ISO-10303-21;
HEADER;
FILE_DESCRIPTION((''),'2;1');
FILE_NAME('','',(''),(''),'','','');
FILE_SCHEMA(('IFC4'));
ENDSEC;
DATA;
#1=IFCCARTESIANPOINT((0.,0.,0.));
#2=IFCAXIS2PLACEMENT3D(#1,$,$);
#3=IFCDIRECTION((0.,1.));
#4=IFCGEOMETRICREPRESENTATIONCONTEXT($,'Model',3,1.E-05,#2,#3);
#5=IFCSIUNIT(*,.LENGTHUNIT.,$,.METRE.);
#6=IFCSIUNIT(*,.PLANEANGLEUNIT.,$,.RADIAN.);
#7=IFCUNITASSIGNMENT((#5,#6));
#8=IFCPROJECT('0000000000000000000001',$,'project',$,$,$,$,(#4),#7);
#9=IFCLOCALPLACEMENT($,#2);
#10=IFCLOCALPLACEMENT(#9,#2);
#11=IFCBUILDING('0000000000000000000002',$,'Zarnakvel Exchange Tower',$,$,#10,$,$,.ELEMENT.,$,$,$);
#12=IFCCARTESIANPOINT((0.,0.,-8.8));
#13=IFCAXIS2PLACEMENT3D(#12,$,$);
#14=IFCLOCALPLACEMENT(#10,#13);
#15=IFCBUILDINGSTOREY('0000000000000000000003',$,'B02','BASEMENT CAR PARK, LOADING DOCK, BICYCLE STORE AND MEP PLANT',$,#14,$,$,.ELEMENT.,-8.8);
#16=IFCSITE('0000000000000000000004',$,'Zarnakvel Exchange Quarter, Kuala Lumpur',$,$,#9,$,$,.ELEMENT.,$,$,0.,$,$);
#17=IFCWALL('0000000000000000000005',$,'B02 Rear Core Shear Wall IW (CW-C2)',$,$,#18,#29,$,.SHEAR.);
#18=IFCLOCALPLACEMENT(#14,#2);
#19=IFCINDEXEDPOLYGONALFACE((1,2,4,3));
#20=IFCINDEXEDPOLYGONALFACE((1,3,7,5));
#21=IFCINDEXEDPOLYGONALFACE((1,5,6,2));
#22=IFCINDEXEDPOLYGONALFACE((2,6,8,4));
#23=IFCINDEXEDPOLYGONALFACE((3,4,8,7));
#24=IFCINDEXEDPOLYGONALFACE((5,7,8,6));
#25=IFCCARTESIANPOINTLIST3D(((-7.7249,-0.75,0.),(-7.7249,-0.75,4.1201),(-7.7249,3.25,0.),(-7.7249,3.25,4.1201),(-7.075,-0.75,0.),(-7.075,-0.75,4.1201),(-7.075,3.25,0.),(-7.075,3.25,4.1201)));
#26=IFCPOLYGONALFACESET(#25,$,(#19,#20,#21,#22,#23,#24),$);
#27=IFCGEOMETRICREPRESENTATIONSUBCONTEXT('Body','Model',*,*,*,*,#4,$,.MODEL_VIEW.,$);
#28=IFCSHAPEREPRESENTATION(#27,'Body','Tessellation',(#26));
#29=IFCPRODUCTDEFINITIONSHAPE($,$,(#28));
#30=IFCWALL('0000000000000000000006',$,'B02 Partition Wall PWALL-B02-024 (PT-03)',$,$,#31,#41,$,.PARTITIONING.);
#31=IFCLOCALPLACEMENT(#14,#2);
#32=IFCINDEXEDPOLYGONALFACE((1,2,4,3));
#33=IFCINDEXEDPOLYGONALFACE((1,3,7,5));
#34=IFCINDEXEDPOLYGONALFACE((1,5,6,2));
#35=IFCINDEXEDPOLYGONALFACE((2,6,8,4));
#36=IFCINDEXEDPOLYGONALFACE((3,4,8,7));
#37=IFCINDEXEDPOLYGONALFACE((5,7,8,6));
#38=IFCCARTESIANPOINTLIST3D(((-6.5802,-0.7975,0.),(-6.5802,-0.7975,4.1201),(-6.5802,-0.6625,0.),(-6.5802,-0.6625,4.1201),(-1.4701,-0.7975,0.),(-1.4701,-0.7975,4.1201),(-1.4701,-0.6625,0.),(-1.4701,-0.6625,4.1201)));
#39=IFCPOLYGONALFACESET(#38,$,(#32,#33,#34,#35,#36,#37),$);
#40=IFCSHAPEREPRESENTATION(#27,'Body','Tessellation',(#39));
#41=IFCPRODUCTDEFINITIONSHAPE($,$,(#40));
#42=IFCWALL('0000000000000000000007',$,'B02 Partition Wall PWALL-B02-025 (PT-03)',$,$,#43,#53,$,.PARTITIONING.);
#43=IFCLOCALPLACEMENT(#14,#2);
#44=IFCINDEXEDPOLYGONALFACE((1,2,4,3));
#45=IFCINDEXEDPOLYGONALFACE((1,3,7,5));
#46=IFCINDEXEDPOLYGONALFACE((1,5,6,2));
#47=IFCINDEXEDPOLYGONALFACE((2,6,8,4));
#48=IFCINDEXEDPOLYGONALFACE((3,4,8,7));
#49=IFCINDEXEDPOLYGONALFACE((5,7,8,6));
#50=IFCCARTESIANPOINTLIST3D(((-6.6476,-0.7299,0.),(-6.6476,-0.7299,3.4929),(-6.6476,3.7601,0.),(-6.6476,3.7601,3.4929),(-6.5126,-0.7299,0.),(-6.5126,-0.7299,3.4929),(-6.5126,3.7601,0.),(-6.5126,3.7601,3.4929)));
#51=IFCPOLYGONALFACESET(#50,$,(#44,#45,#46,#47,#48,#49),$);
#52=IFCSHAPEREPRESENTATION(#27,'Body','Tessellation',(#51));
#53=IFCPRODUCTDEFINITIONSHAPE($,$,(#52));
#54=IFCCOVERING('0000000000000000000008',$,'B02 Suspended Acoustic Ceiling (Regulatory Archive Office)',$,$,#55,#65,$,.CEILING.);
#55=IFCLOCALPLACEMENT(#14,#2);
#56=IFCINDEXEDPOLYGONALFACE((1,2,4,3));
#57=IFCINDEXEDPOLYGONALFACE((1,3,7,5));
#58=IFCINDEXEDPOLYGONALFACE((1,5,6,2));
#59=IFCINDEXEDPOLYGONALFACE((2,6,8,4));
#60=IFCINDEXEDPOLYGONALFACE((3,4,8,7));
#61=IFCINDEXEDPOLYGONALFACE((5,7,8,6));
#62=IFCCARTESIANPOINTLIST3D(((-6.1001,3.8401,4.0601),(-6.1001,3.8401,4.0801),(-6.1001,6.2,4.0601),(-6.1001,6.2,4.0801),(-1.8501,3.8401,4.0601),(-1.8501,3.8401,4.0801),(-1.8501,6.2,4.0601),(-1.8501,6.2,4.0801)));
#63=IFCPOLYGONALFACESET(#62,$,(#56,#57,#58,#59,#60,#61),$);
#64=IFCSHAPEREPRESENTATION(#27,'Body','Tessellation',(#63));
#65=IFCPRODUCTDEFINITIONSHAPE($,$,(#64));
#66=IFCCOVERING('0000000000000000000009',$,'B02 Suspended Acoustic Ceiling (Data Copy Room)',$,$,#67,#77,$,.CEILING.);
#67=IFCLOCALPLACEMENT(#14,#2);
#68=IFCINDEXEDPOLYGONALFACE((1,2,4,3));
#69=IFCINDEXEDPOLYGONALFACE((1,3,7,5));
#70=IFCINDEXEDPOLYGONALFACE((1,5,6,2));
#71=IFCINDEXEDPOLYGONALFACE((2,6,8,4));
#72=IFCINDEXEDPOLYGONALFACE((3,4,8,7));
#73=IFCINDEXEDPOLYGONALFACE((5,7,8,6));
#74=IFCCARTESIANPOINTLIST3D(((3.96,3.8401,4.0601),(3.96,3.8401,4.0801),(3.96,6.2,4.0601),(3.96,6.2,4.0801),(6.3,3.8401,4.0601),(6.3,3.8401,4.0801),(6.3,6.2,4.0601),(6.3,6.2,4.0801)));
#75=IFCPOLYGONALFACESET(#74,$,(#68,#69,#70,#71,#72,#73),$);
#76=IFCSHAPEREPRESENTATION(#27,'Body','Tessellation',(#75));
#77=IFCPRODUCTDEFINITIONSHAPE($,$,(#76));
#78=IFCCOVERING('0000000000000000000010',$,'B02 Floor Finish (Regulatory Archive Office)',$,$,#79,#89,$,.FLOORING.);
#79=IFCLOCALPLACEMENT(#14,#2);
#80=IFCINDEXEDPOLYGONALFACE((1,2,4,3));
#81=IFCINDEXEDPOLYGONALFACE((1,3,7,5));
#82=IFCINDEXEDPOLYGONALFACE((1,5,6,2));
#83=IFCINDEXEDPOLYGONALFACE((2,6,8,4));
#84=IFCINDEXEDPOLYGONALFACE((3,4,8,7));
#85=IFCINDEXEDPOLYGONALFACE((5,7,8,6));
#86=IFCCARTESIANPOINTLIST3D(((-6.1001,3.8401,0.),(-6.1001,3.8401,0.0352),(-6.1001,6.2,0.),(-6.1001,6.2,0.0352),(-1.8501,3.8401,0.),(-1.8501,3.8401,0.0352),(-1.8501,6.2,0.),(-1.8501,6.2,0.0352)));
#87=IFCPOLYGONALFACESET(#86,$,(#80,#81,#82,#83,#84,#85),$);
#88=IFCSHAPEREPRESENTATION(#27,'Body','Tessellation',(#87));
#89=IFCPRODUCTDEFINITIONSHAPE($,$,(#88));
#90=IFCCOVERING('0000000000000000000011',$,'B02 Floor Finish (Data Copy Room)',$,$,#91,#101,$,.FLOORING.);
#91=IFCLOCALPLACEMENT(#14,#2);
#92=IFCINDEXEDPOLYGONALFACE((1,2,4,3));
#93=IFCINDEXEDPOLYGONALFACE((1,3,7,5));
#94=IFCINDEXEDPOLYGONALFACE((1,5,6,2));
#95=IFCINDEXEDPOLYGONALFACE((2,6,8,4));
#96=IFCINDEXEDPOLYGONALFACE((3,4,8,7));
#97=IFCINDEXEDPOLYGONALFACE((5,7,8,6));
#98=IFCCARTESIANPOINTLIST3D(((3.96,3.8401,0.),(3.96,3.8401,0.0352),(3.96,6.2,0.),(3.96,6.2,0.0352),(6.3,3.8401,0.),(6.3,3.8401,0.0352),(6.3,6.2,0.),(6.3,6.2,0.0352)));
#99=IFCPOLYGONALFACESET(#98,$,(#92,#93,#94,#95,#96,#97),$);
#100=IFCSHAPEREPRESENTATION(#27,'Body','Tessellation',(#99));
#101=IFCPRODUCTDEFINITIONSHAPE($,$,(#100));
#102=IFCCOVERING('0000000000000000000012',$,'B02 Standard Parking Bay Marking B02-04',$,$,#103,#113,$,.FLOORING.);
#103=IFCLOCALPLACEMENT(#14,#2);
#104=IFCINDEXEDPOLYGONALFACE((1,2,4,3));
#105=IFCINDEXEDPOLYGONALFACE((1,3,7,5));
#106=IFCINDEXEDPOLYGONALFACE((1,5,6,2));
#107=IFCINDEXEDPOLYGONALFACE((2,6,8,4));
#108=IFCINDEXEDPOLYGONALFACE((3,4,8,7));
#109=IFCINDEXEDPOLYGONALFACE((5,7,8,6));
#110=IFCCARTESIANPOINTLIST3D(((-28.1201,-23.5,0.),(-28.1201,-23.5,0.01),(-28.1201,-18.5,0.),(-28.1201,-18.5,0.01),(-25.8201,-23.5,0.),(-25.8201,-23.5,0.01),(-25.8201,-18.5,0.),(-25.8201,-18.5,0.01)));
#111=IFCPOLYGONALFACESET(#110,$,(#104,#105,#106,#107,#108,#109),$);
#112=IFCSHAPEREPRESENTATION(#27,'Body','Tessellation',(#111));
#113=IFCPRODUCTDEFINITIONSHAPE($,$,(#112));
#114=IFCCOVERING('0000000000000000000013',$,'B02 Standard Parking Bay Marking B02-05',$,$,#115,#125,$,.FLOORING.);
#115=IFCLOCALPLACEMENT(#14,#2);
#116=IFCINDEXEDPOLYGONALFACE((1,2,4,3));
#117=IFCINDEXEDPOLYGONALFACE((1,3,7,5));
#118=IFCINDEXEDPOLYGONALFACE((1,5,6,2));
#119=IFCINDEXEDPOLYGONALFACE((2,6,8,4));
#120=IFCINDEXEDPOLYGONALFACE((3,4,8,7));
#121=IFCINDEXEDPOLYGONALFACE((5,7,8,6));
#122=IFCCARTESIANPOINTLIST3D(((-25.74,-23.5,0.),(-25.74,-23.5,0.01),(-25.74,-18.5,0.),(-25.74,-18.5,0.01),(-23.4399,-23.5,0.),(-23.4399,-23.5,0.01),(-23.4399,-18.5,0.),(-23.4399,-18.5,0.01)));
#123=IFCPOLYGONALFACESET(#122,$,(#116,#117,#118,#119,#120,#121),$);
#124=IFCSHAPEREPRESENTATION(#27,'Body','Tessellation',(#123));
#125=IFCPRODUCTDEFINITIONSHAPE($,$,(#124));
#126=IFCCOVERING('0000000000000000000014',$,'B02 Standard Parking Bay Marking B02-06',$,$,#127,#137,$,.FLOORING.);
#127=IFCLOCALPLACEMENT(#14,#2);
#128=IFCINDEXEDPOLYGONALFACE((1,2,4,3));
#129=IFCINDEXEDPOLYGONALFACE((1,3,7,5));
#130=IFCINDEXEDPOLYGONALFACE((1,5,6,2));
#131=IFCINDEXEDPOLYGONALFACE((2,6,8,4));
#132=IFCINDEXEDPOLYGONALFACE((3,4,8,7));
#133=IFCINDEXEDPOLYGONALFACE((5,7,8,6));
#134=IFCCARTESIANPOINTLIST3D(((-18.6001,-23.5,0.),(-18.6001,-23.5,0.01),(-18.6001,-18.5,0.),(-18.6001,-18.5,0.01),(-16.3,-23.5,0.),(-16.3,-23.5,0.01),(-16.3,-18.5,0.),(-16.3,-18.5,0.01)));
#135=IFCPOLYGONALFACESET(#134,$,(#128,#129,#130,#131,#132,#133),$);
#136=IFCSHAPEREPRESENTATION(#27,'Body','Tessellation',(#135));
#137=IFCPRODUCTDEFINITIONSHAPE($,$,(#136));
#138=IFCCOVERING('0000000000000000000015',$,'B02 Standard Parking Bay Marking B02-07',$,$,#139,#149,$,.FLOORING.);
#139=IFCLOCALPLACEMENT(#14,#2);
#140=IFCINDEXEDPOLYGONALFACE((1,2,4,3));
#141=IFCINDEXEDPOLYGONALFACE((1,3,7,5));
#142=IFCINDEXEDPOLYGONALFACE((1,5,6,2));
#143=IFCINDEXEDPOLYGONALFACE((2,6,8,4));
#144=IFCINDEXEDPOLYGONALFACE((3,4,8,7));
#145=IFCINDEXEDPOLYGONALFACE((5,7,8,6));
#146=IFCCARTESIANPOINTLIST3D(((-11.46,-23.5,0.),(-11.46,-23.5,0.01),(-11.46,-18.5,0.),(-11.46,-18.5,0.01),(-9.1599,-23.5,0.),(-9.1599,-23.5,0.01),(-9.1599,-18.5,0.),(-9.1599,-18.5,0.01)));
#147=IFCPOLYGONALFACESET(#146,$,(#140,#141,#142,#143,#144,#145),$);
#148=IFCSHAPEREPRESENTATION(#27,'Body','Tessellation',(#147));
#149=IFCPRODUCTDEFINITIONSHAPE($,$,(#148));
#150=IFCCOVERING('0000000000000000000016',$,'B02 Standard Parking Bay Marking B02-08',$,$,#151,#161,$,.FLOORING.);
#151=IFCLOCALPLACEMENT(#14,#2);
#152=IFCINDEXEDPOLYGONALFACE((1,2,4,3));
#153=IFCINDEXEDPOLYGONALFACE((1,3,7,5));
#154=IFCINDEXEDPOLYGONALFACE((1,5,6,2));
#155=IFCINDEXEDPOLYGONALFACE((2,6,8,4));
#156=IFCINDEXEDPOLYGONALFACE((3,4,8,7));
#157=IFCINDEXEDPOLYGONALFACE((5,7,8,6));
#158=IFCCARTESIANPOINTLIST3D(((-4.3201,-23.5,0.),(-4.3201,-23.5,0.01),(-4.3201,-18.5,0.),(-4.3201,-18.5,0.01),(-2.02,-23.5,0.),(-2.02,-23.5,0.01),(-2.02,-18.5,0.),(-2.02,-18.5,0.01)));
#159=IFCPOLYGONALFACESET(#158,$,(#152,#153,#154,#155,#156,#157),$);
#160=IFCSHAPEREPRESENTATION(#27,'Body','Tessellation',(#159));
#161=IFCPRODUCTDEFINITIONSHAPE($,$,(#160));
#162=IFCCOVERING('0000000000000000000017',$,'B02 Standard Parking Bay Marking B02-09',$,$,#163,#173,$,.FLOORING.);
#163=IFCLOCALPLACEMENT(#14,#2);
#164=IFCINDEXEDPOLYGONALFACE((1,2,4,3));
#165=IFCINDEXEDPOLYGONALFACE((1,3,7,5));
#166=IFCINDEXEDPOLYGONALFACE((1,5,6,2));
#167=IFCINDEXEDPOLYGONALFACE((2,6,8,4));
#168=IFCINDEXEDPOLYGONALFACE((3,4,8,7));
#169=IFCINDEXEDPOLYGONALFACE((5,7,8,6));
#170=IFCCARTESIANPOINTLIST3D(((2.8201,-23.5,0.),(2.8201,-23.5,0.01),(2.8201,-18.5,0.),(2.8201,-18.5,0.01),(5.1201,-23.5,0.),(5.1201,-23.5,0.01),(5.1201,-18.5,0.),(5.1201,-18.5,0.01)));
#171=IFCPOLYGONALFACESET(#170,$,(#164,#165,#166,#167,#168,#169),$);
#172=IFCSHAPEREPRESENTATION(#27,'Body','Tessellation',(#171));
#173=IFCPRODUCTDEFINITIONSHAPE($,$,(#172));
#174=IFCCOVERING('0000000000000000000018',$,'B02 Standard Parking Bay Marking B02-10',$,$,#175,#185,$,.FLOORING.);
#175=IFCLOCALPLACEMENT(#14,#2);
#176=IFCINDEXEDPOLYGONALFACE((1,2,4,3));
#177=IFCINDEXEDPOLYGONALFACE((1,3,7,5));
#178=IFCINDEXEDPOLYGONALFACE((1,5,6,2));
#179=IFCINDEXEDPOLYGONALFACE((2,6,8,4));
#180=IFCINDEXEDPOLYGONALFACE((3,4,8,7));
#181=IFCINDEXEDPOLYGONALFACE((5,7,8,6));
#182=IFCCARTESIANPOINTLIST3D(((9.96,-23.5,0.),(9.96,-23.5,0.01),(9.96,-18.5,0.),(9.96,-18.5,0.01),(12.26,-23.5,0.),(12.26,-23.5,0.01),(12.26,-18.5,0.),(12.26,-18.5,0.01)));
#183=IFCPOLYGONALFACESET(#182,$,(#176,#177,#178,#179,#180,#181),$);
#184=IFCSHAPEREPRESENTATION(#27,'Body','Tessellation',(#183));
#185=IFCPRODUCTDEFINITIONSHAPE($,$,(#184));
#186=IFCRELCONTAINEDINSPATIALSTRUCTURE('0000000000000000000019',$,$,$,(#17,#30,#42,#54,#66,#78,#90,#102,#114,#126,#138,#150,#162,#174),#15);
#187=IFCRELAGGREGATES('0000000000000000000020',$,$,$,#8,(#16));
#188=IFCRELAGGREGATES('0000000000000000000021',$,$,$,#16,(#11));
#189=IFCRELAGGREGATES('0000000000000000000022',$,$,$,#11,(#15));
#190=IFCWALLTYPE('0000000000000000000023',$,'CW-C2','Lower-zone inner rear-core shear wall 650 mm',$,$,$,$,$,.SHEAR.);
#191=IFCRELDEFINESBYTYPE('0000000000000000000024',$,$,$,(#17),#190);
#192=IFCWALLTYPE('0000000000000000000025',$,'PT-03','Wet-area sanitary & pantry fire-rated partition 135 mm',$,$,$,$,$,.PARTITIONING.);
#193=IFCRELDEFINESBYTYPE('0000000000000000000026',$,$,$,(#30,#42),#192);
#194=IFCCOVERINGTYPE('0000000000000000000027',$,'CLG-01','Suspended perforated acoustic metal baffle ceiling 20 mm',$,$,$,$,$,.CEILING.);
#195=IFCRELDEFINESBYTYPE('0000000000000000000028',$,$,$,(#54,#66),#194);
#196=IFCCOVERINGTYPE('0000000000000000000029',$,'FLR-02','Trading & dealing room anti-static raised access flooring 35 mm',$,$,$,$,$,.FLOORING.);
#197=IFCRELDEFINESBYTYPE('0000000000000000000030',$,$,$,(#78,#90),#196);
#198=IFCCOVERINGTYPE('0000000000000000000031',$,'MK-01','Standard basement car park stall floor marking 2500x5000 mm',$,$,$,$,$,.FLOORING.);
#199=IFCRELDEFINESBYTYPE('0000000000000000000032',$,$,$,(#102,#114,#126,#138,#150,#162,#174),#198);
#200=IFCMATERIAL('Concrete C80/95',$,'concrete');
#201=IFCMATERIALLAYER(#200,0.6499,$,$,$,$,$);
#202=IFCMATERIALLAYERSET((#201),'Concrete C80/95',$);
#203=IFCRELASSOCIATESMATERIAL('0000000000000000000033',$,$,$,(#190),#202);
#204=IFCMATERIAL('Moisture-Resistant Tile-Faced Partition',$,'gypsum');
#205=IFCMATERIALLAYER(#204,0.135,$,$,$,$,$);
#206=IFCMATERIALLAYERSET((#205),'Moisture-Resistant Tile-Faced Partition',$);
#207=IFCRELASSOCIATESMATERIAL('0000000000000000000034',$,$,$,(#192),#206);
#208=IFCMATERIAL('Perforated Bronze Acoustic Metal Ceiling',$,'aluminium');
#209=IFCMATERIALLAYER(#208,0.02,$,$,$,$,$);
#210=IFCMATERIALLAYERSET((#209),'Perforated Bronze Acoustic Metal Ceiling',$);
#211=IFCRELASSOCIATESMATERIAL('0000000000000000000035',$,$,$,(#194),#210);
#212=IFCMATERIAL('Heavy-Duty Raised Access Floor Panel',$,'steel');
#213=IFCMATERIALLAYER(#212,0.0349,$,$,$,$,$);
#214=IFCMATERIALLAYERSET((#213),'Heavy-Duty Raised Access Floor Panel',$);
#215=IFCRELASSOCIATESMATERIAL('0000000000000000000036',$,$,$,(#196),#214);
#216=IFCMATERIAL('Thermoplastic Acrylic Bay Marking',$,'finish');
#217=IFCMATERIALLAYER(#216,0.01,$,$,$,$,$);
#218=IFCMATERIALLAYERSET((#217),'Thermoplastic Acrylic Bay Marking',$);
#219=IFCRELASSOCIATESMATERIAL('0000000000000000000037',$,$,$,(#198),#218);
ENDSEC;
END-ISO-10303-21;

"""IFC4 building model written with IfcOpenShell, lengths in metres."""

from ifc_helpers import new_model, si_unit, direction, frame, frame_2d, origin, place, context, subcontext, project, spatial, polyline, rectangle, outline, extrude, material, layer, layer_set, type_object, element, save


model = new_model("IFC4")

# Units and contexts
model_context = context("Model", 3, precision=1e-05, world=origin(), true_north=direction((0.0, 1.0)))
body_context = subcontext(model_context, "Body", "Model", "MODEL_VIEW")
ifc_project = project(units=[si_unit("LENGTHUNIT", "METRE"), si_unit("PLANEANGLEUNIT", "RADIAN")], contexts=[model_context])

# Site, building, storey
site_placement = place(None, origin())
site = spatial("IfcSite", under=ifc_project, at=site_placement, Name="Zarnakvel Exchange Quarter, Kuala Lumpur", CompositionType="ELEMENT", RefElevation=0.0)
building_placement = place(site_placement, origin())
building = spatial("IfcBuilding", under=site, at=building_placement, Name="Zarnakvel Exchange Tower", CompositionType="ELEMENT")
storey_placement = place(building_placement, frame((0.0, 0.0, -8.8)))
storey = spatial("IfcBuildingStorey", under=building, at=storey_placement, Name="B02", Description="BASEMENT CAR PARK, LOADING DOCK, BICYCLE STORE AND MEP PLANT", CompositionType="ELEMENT", Elevation=-8.8)

# Shared definitions
ifc_material_1 = material(Name="Concrete C80/95", Category="concrete")

# Walls
ifc_layer_1 = layer(ifc_material_1, 0.6499)
ifc_layer_set_1 = layer_set([ifc_layer_1], Name="Concrete C80/95")
wall_type_1 = type_object("IfcWallType", Name="CW-C2", Description="Lower-zone inner rear-core shear wall 650 mm", PredefinedType="SHEAR", material=ifc_layer_set_1)
wall_1_placement = place(storey_placement, frame((-7.3999, -0.75, 0.0), z_axis=(0.0, 0.0, 1.0), x_axis=(0.0, 1.0, 0.0)))
element("IfcWall", 1, at=wall_1_placement, inside=storey, type_object=wall_type_1, Name="B02 Rear Core Shear Wall IW (CW-C2)", PredefinedType="SHEAR", context=body_context, shape_type="SweptSolid", body=[
    extrude(rectangle(XDim=4.0, YDim=0.6499, at=frame_2d((2.0, 0.0))), origin(), (0.0, 0.0, 1.0), 4.1201),
])
ifc_material_2 = material(Name="Moisture-Resistant Tile-Faced Partition", Category="gypsum")
ifc_layer_2 = layer(ifc_material_2, 0.135)
ifc_layer_set_2 = layer_set([ifc_layer_2], Name="Moisture-Resistant Tile-Faced Partition")
wall_type_2 = type_object("IfcWallType", Name="PT-03", Description="Wet-area sanitary & pantry fire-rated partition 135 mm", PredefinedType="PARTITIONING", material=ifc_layer_set_2)
wall_2_placement = place(storey_placement, frame((-1.47, -0.73, 0.0), z_axis=(0.0, 0.0, 1.0), x_axis=(-1.0, 0.0, 0.0)))
element("IfcWall", 2, at=wall_2_placement, inside=storey, type_object=wall_type_2, Name="B02 Partition Wall PWALL-B02-024 (PT-03)", PredefinedType="PARTITIONING", context=body_context, shape_type="SweptSolid", body=[
    extrude(rectangle(XDim=5.1101, YDim=0.135, at=frame_2d((2.5552, 0.0))), origin(), (0.0, 0.0, 1.0), 4.1201),
])
wall_3_placement = place(storey_placement, frame((-6.5801, -0.73, 0.0), z_axis=(0.0, 0.0, 1.0), x_axis=(0.0, 1.0, 0.0)))
element("IfcWall", 3, at=wall_3_placement, inside=storey, type_object=wall_type_2, Name="B02 Partition Wall PWALL-B02-025 (PT-03)", PredefinedType="PARTITIONING", context=body_context, shape_type="SweptSolid", body=[
    extrude(rectangle(XDim=4.49, YDim=0.135, at=frame_2d((2.2451, 0.0))), origin(), (0.0, 0.0, 1.0), 3.4929),
])

# Coverings
ifc_material_3 = material(Name="Perforated Bronze Acoustic Metal Ceiling", Category="aluminium")
ifc_layer_3 = layer(ifc_material_3, 0.02)
ifc_layer_set_3 = layer_set([ifc_layer_3], Name="Perforated Bronze Acoustic Metal Ceiling")
covering_type_1 = type_object("IfcCoveringType", Name="CLG-01", Description="Suspended perforated acoustic metal baffle ceiling 20 mm", PredefinedType="CEILING", material=ifc_layer_set_3)
covering_1_placement = place(storey_placement, frame((0.0, 0.0, 4.0601)))
element("IfcCovering", 4, at=covering_1_placement, inside=storey, type_object=covering_type_1, Name="B02 Suspended Acoustic Ceiling (Regulatory Archive Office)", PredefinedType="CEILING", context=body_context, shape_type="SweptSolid", body=[
    extrude(outline(polyline([(-6.1001, 6.2), (-1.8501, 6.2), (-1.8501, 3.8401), (-6.1001, 3.8401), (-6.1001, 6.2)])), origin(), (0.0, 0.0, 1.0), 0.02),
])
covering_2_placement = place(storey_placement, frame((0.0, 0.0, 4.0601)))
element("IfcCovering", 5, at=covering_2_placement, inside=storey, type_object=covering_type_1, Name="B02 Suspended Acoustic Ceiling (Data Copy Room)", PredefinedType="CEILING", context=body_context, shape_type="SweptSolid", body=[
    extrude(outline(polyline([(3.96, 6.2), (6.3, 6.2), (6.3, 3.8401), (3.96, 3.8401), (3.96, 6.2)])), origin(), (0.0, 0.0, 1.0), 0.02),
])
ifc_material_4 = material(Name="Heavy-Duty Raised Access Floor Panel", Category="steel")
ifc_layer_4 = layer(ifc_material_4, 0.0349)
ifc_layer_set_4 = layer_set([ifc_layer_4], Name="Heavy-Duty Raised Access Floor Panel")
covering_type_2 = type_object("IfcCoveringType", Name="FLR-02", Description="Trading & dealing room anti-static raised access flooring 35 mm", PredefinedType="FLOORING", material=ifc_layer_set_4)
covering_3_placement = place(storey_placement, origin())
element("IfcCovering", 6, at=covering_3_placement, inside=storey, type_object=covering_type_2, Name="B02 Floor Finish (Regulatory Archive Office)", PredefinedType="FLOORING", context=body_context, shape_type="SweptSolid", body=[
    extrude(outline(polyline([(-6.1001, 6.2), (-1.8501, 6.2), (-1.8501, 3.8401), (-6.1001, 3.8401), (-6.1001, 6.2)])), origin(), (0.0, 0.0, 1.0), 0.0352),
])
covering_4_placement = place(storey_placement, origin())
element("IfcCovering", 7, at=covering_4_placement, inside=storey, type_object=covering_type_2, Name="B02 Floor Finish (Data Copy Room)", PredefinedType="FLOORING", context=body_context, shape_type="SweptSolid", body=[
    extrude(outline(polyline([(3.96, 6.2), (6.3, 6.2), (6.3, 3.8401), (3.96, 3.8401), (3.96, 6.2)])), origin(), (0.0, 0.0, 1.0), 0.0352),
])
ifc_material_5 = material(Name="Thermoplastic Acrylic Bay Marking", Category="finish")
ifc_layer_5 = layer(ifc_material_5, 0.01)
ifc_layer_set_5 = layer_set([ifc_layer_5], Name="Thermoplastic Acrylic Bay Marking")
covering_type_3 = type_object("IfcCoveringType", Name="MK-01", Description="Standard basement car park stall floor marking 2500x5000 mm", PredefinedType="FLOORING", material=ifc_layer_set_5)
covering_5_placement = place(storey_placement, origin())
element("IfcCovering", 8, at=covering_5_placement, inside=storey, type_object=covering_type_3, Name="B02 Standard Parking Bay Marking B02-04", PredefinedType="FLOORING", context=body_context, shape_type="SweptSolid", body=[
    extrude(outline(polyline([(-28.1201, -23.5), (-25.8201, -23.5), (-25.8201, -18.5), (-28.1201, -18.5), (-28.1201, -23.5)])), origin(), (0.0, 0.0, 1.0), 0.01),
])
covering_6_placement = place(storey_placement, origin())
element("IfcCovering", 9, at=covering_6_placement, inside=storey, type_object=covering_type_3, Name="B02 Standard Parking Bay Marking B02-05", PredefinedType="FLOORING", context=body_context, shape_type="SweptSolid", body=[
    extrude(outline(polyline([(-25.74, -23.5), (-23.4399, -23.5), (-23.4399, -18.5), (-25.74, -18.5), (-25.74, -23.5)])), origin(), (0.0, 0.0, 1.0), 0.01),
])
covering_7_placement = place(storey_placement, origin())
element("IfcCovering", 10, at=covering_7_placement, inside=storey, type_object=covering_type_3, Name="B02 Standard Parking Bay Marking B02-06", PredefinedType="FLOORING", context=body_context, shape_type="SweptSolid", body=[
    extrude(outline(polyline([(-18.6001, -23.5), (-16.3, -23.5), (-16.3, -18.5), (-18.6001, -18.5), (-18.6001, -23.5)])), origin(), (0.0, 0.0, 1.0), 0.01),
])
covering_8_placement = place(storey_placement, origin())
element("IfcCovering", 11, at=covering_8_placement, inside=storey, type_object=covering_type_3, Name="B02 Standard Parking Bay Marking B02-07", PredefinedType="FLOORING", context=body_context, shape_type="SweptSolid", body=[
    extrude(outline(polyline([(-11.46, -23.5), (-9.1599, -23.5), (-9.1599, -18.5), (-11.46, -18.5), (-11.46, -23.5)])), origin(), (0.0, 0.0, 1.0), 0.01),
])
covering_9_placement = place(storey_placement, origin())
element("IfcCovering", 12, at=covering_9_placement, inside=storey, type_object=covering_type_3, Name="B02 Standard Parking Bay Marking B02-08", PredefinedType="FLOORING", context=body_context, shape_type="SweptSolid", body=[
    extrude(outline(polyline([(-4.3201, -23.5), (-2.02, -23.5), (-2.02, -18.5), (-4.3201, -18.5), (-4.3201, -23.5)])), origin(), (0.0, 0.0, 1.0), 0.01),
])
covering_10_placement = place(storey_placement, origin())
element("IfcCovering", 13, at=covering_10_placement, inside=storey, type_object=covering_type_3, Name="B02 Standard Parking Bay Marking B02-09", PredefinedType="FLOORING", context=body_context, shape_type="SweptSolid", body=[
    extrude(outline(polyline([(2.8201, -23.5), (5.1201, -23.5), (5.1201, -18.5), (2.8201, -18.5), (2.8201, -23.5)])), origin(), (0.0, 0.0, 1.0), 0.01),
])
covering_11_placement = place(storey_placement, origin())
element("IfcCovering", 14, at=covering_11_placement, inside=storey, type_object=covering_type_3, Name="B02 Standard Parking Bay Marking B02-10", PredefinedType="FLOORING", context=body_context, shape_type="SweptSolid", body=[
    extrude(outline(polyline([(9.96, -23.5), (12.26, -23.5), (12.26, -18.5), (9.96, -18.5), (9.96, -23.5)])), origin(), (0.0, 0.0, 1.0), 0.01),
])

save(model, "model.ifc")
